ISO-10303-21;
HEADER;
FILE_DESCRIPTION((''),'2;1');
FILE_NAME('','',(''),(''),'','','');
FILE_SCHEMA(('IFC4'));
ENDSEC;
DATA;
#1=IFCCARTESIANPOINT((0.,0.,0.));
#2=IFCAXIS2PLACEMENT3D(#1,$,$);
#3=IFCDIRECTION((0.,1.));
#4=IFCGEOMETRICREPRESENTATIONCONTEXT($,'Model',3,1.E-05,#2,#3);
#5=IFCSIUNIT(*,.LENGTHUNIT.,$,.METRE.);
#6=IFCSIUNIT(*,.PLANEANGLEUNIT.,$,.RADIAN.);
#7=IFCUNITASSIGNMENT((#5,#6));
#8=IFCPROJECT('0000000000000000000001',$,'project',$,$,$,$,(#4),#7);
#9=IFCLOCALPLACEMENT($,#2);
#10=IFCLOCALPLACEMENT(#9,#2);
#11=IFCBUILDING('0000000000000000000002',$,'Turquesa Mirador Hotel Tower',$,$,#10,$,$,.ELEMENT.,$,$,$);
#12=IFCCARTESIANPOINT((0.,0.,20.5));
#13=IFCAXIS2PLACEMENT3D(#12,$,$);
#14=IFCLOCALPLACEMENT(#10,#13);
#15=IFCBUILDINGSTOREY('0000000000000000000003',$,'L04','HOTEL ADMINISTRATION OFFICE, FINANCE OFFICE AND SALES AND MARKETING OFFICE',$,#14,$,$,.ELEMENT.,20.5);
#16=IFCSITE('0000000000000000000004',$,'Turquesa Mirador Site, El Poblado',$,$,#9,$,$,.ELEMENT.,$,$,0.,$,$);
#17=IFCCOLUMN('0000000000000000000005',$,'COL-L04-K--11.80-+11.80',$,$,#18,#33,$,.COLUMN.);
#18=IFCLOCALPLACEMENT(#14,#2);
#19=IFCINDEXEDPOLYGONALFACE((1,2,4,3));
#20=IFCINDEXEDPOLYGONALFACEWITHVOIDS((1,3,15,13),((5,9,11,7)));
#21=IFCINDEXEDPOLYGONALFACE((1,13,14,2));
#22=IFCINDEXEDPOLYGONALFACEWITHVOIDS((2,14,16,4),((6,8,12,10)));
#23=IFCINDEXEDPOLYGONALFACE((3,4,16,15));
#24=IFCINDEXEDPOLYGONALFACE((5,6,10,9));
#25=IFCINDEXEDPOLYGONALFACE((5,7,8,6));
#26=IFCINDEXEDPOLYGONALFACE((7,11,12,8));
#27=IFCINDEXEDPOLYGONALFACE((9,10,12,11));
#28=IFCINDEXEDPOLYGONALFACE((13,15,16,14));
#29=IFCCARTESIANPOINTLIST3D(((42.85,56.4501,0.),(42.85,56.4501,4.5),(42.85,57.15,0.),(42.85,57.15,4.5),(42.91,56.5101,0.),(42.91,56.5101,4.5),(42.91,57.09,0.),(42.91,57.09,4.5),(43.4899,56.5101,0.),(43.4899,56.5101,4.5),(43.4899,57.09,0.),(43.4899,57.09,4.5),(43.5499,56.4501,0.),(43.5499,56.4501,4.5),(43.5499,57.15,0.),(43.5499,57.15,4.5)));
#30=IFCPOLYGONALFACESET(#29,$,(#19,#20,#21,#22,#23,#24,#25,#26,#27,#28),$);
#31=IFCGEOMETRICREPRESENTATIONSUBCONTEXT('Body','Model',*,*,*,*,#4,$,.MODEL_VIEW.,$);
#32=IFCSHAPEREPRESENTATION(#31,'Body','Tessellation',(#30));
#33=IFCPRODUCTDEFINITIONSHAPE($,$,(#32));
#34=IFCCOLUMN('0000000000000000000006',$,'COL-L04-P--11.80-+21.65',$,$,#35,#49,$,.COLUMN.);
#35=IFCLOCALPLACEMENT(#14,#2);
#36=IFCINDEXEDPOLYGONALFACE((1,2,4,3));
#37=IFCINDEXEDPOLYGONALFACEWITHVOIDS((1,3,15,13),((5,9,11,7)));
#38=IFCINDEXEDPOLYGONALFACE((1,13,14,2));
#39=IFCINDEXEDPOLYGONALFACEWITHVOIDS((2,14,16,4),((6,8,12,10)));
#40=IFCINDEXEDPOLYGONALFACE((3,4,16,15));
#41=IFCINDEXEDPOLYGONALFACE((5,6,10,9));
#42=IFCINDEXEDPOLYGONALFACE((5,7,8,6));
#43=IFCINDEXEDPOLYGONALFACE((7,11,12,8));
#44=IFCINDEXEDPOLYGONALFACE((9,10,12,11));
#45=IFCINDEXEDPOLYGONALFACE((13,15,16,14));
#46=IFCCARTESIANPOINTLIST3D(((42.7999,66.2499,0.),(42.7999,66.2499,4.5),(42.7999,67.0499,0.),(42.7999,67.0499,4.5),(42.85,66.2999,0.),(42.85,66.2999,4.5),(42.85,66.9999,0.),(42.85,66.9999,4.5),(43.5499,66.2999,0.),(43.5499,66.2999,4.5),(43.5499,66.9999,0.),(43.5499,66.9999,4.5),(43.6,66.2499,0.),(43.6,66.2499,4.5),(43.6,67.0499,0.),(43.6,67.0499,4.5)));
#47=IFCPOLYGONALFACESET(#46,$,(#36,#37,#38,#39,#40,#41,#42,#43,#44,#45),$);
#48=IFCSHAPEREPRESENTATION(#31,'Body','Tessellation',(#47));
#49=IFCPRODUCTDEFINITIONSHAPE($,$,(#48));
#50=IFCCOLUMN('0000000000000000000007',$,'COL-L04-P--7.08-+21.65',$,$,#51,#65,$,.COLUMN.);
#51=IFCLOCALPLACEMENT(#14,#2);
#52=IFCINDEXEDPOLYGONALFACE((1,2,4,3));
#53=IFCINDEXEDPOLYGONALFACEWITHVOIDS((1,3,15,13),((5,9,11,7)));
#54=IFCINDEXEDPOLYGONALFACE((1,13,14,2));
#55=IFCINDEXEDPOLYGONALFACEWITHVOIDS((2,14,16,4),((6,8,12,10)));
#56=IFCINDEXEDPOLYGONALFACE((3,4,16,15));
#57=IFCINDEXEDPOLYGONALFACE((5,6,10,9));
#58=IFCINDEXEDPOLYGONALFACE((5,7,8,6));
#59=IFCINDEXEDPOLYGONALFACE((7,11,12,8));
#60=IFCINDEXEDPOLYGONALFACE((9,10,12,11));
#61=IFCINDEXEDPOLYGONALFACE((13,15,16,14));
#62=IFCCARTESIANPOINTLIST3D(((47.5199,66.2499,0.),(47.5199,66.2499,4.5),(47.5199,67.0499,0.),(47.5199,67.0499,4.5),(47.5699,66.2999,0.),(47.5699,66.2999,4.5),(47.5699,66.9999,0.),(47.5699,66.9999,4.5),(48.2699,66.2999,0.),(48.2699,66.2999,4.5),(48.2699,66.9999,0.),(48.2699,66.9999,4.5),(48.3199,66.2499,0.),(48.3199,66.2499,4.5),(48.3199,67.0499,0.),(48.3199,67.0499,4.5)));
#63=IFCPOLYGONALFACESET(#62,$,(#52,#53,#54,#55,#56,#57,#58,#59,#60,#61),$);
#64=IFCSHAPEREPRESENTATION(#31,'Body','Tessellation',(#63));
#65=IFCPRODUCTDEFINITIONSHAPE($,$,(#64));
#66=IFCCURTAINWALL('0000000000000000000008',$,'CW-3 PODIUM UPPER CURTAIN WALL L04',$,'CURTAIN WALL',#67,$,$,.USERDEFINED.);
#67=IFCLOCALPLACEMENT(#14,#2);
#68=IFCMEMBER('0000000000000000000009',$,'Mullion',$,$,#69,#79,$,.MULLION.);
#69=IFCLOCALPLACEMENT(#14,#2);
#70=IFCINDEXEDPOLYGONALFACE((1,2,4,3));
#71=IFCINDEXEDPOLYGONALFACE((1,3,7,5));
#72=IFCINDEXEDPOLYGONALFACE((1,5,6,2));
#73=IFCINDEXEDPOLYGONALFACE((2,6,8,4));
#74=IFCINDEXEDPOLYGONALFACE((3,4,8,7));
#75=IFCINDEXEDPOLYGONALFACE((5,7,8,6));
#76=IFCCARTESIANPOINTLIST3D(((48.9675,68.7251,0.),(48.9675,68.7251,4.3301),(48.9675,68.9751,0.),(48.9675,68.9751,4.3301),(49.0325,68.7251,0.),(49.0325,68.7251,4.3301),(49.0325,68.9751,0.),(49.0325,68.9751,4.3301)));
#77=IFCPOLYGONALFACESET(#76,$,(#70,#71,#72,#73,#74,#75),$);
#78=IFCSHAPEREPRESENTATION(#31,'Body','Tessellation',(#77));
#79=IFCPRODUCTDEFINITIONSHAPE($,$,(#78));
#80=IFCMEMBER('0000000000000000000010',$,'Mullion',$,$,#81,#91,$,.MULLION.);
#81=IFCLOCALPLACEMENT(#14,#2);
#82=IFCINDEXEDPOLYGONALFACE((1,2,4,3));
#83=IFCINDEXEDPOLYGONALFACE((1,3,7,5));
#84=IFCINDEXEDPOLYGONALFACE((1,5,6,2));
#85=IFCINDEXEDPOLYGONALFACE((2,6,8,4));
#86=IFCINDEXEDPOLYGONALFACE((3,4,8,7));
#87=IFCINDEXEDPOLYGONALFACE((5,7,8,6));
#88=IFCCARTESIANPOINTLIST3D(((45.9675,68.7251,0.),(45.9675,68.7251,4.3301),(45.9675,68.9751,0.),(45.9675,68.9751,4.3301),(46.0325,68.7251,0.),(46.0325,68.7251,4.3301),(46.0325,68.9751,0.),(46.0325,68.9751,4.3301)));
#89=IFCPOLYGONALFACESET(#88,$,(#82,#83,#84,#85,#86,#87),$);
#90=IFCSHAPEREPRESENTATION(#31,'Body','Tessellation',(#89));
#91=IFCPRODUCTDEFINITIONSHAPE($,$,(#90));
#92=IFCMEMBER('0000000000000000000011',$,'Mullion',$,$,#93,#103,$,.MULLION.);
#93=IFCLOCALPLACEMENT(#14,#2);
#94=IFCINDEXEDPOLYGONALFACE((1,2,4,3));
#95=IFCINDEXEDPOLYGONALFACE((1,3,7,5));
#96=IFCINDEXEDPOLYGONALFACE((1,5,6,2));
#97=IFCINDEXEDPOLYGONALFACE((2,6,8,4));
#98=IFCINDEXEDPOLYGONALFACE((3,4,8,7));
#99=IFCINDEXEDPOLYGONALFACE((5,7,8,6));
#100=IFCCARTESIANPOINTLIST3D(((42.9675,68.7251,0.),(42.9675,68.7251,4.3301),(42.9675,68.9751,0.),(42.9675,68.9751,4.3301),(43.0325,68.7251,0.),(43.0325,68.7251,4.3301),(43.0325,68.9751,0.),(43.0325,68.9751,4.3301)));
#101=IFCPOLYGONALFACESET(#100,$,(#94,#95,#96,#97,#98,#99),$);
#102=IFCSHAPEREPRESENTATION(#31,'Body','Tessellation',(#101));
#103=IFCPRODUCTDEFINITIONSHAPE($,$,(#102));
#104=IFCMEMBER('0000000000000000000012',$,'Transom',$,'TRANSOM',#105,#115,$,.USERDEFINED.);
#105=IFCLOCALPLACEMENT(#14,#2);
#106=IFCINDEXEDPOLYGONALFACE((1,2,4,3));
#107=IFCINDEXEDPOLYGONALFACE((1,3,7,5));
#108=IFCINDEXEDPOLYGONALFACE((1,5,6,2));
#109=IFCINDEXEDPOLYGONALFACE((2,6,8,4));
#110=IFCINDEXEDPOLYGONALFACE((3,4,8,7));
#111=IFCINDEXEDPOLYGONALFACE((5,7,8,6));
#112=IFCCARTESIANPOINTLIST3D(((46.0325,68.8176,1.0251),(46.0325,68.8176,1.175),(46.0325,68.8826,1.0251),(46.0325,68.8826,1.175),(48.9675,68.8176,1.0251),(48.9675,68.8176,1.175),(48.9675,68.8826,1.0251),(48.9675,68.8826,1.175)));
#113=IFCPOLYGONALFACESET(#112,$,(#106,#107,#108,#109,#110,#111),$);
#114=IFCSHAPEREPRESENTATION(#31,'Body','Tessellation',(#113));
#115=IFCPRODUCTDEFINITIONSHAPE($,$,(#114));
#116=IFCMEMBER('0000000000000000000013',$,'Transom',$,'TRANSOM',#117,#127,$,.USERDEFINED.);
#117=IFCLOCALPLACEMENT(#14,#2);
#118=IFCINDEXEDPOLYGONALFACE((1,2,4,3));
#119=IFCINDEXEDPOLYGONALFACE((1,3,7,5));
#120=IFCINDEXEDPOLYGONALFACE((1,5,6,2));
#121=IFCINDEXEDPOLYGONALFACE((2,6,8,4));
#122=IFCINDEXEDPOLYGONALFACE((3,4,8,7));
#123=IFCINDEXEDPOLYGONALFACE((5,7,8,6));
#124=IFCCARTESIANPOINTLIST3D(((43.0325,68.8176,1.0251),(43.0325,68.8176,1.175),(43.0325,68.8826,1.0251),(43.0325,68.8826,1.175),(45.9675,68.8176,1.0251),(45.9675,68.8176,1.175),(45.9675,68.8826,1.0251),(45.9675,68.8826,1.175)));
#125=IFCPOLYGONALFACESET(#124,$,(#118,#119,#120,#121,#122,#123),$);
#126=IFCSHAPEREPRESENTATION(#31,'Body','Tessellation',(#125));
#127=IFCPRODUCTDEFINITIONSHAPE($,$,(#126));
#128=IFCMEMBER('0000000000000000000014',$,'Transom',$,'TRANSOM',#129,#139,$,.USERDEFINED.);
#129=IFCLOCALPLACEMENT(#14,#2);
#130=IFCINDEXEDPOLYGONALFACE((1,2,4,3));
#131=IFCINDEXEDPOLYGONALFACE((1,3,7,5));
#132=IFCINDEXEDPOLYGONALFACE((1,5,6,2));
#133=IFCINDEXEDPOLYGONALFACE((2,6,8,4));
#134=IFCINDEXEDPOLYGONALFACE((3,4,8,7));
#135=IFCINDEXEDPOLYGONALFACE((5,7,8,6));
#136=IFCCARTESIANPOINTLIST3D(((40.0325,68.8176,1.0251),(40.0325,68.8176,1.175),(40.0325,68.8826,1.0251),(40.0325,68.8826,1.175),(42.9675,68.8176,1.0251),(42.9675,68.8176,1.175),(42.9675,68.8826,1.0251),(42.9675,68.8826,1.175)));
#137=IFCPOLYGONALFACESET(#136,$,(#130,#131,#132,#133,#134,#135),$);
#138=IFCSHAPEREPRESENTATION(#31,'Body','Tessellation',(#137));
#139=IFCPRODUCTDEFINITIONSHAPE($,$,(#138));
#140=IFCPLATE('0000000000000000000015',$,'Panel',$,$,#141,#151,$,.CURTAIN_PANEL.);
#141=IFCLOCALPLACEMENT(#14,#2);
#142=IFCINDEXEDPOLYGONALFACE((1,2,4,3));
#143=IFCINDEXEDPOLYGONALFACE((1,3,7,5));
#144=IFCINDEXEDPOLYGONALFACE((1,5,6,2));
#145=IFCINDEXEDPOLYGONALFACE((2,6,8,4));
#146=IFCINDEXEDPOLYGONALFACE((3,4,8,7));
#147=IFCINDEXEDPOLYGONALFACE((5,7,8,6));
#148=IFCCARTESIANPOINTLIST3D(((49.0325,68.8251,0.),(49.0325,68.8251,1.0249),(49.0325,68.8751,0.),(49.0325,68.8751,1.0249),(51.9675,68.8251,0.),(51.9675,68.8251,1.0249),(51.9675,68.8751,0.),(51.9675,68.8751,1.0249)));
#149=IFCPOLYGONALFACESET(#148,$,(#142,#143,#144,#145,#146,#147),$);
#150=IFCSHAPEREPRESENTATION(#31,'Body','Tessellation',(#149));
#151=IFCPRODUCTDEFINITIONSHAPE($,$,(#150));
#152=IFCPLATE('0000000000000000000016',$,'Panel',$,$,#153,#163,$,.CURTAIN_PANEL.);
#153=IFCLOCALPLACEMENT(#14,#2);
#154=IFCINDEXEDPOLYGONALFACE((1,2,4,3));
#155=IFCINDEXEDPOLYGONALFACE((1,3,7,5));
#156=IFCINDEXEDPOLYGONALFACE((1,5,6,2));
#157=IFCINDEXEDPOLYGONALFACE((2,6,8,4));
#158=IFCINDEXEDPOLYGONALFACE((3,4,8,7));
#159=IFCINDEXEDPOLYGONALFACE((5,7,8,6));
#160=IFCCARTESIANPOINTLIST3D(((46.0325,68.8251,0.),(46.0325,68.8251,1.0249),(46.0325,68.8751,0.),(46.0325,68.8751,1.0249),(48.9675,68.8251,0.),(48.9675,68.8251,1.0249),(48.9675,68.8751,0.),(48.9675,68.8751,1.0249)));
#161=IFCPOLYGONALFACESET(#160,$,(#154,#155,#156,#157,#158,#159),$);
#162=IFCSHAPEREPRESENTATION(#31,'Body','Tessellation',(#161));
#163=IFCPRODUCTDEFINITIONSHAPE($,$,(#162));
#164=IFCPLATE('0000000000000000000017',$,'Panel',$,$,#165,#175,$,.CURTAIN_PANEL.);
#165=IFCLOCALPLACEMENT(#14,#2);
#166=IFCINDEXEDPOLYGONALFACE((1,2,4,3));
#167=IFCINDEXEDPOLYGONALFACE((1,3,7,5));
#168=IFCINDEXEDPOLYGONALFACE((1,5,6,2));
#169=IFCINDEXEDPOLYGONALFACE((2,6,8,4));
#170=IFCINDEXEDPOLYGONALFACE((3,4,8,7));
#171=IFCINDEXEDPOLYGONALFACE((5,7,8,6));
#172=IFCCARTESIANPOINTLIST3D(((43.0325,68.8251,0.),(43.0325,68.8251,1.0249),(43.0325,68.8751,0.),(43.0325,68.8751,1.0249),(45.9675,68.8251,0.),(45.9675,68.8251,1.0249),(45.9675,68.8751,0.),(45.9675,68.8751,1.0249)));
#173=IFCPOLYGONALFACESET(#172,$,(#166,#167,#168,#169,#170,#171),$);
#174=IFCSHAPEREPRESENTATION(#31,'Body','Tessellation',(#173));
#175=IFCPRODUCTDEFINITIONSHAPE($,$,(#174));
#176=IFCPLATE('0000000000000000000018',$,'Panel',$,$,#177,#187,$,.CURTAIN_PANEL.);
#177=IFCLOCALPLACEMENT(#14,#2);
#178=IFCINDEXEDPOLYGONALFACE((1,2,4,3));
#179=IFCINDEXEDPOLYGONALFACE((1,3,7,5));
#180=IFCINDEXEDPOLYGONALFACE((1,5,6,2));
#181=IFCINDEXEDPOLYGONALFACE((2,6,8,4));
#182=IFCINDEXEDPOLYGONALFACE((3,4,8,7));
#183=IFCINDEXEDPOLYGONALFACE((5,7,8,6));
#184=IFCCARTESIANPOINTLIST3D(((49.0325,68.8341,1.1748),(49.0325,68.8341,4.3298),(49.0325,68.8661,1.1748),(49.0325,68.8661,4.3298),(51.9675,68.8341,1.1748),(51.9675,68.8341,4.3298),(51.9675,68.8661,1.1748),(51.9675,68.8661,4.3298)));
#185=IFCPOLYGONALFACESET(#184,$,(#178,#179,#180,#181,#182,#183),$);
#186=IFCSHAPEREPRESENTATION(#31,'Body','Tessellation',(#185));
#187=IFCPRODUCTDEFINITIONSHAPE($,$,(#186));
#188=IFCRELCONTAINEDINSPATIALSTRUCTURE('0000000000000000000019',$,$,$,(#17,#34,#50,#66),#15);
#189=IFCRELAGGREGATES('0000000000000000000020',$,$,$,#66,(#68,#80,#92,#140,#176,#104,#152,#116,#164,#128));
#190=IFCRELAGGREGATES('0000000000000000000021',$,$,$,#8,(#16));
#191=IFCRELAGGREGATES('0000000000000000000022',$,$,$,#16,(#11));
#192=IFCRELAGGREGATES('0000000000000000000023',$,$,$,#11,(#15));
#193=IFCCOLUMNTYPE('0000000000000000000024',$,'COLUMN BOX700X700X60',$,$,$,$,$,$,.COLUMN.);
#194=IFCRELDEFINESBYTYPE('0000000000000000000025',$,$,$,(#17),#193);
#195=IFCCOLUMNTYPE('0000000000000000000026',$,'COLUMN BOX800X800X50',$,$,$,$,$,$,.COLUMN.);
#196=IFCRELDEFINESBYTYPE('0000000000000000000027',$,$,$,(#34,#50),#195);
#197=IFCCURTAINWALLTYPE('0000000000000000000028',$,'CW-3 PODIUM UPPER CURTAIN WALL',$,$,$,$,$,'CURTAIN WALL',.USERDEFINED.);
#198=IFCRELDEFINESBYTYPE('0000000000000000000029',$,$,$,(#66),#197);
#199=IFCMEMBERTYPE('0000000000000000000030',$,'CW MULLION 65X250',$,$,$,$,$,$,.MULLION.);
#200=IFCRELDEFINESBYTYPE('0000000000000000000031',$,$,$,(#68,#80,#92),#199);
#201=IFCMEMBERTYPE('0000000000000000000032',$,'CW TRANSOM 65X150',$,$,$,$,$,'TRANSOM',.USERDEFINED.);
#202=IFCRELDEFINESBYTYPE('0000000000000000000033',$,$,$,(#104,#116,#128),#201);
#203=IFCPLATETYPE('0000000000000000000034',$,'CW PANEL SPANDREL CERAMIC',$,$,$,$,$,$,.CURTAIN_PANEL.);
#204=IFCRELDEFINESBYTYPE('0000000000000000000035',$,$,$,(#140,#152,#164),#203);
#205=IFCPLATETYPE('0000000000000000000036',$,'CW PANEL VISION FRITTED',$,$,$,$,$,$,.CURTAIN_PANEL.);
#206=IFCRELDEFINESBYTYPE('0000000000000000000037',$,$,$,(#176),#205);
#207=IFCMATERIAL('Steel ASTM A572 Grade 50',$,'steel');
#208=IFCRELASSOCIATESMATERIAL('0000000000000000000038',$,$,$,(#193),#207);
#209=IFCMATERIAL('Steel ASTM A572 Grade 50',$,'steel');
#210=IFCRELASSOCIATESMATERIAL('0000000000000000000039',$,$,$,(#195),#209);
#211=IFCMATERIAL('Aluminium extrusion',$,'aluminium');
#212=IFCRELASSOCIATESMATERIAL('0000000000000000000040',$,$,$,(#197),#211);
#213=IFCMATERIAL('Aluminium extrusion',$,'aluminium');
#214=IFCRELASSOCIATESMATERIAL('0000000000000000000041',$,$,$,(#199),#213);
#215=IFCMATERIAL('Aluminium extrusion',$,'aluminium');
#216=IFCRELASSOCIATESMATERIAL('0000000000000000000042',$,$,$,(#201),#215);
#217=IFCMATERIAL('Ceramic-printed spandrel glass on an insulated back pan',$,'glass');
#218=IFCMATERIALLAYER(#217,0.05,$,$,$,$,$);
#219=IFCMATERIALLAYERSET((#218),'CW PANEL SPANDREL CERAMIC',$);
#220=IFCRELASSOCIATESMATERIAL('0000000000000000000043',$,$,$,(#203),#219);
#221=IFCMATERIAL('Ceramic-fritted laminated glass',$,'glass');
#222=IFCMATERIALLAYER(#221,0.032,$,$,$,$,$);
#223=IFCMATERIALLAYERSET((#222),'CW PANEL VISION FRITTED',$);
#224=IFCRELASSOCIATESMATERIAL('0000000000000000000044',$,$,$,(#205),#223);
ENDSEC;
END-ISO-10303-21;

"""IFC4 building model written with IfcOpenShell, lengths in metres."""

from ifc_helpers import new_model, si_unit, direction, frame, origin, origin_2d, place, context, subcontext, project, spatial, rectangle, hollow_rectangle, extrude, material, layer, layer_set, material_profile, profile_set, type_object, element, aggregate, save


model = new_model("IFC4")

# Units and contexts
model_context = context("Model", 3, precision=1e-05, world=origin(), true_north=direction((0.0, 1.0)))
body_context = subcontext(model_context, "Body", "Model", "MODEL_VIEW")
ifc_project = project(units=[si_unit("LENGTHUNIT", "METRE"), si_unit("PLANEANGLEUNIT", "RADIAN")], contexts=[model_context])

# Site, building, storey
site_placement = place(None, origin())
site = spatial("IfcSite", under=ifc_project, at=site_placement, Name="Turquesa Mirador Site, El Poblado", CompositionType="ELEMENT", RefElevation=0.0)
building_placement = place(site_placement, origin())
building = spatial("IfcBuilding", under=site, at=building_placement, Name="Turquesa Mirador Hotel Tower", CompositionType="ELEMENT")
storey_placement = place(building_placement, frame((0.0, 0.0, 20.5)))
storey = spatial("IfcBuildingStorey", under=building, at=storey_placement, Name="L04", Description="HOTEL ADMINISTRATION OFFICE, FINANCE OFFICE AND SALES AND MARKETING OFFICE", CompositionType="ELEMENT", Elevation=20.5)

# Columns
ifc_material_1 = material(Name="Steel ASTM A572 Grade 50", Category="steel")
ifc_material_profile_1 = material_profile(ifc_material_1, hollow_rectangle(XDim=0.7, YDim=0.7, WallThickness=0.0601, at=origin_2d()), Name="BOX700X700X60")
ifc_profile_set_1 = profile_set([ifc_material_profile_1], Name="Steel ASTM A572 Grade 50")
column_type_1 = type_object("IfcColumnType", Name="COLUMN BOX700X700X60", PredefinedType="COLUMN", material=ifc_profile_set_1)
column_placement = place(storey_placement, frame((43.2, 56.8, 0.0), z_axis=(0.0, 0.0, 1.0), x_axis=(1.0, 0.0, 0.0)))
element("IfcColumn", 1, at=column_placement, inside=storey, type_object=column_type_1, Name="COL-L04-K--11.80-+11.80", PredefinedType="COLUMN", context=body_context, shape_type="SweptSolid", body=[
    extrude(hollow_rectangle(XDim=0.7, YDim=0.7, WallThickness=0.0601, at=origin_2d()), origin(), (0.0, 0.0, 1.0), 4.5),
])
ifc_material_2 = material(Name="Steel ASTM A572 Grade 50", Category="steel")
ifc_material_profile_2 = material_profile(ifc_material_2, hollow_rectangle(XDim=0.8, YDim=0.8, WallThickness=0.05, at=origin_2d()), Name="BOX800X800X50")
ifc_profile_set_2 = profile_set([ifc_material_profile_2], Name="Steel ASTM A572 Grade 50")
column_type_2 = type_object("IfcColumnType", Name="COLUMN BOX800X800X50", PredefinedType="COLUMN", material=ifc_profile_set_2)
for number, where, z_axis, x_axis, name in (
    (2, (43.2, 66.6499, 0.0), (0.0, 0.0, 1.0), (1.0, 0.0, 0.0), "COL-L04-P--11.80-+21.65"),
    (3, (47.9199, 66.6499, 0.0), (0.0, 0.0, 1.0), (1.0, 0.0, 0.0), "COL-L04-P--7.08-+21.65"),
):
    element("IfcColumn", number, at=place(storey_placement, frame(where, z_axis=z_axis, x_axis=x_axis)), inside=storey, type_object=column_type_2, Name=name, PredefinedType="COLUMN", context=body_context, shape_type="SweptSolid", body=[
        extrude(hollow_rectangle(XDim=0.8, YDim=0.8, WallThickness=0.05, at=origin_2d()), origin(), (0.0, 0.0, 1.0), 4.5),
    ])

# Curtain wall, members, plates
ifc_material_3 = material(Name="Aluminium extrusion", Category="aluminium")
curtain_wall_type = type_object("IfcCurtainWallType", Name="CW-3 PODIUM UPPER CURTAIN WALL", ElementType="CURTAIN WALL", PredefinedType="USERDEFINED", material=ifc_material_3)
curtain_wall_placement = place(storey_placement, origin())
curtain_wall = element("IfcCurtainWall", 4, at=curtain_wall_placement, inside=storey, type_object=curtain_wall_type, Name="CW-3 PODIUM UPPER CURTAIN WALL L04", ObjectType="CURTAIN WALL", PredefinedType="USERDEFINED")
ifc_material_4 = material(Name="Aluminium extrusion", Category="aluminium")
ifc_material_profile_3 = material_profile(ifc_material_4, rectangle(XDim=0.0649, YDim=0.25, at=origin_2d()), Name="MULLION 65X250")
ifc_profile_set_3 = profile_set([ifc_material_profile_3], Name="Aluminium extrusion")
member_type_1 = type_object("IfcMemberType", Name="CW MULLION 65X250", PredefinedType="MULLION", material=ifc_profile_set_3)
member_1_placement = place(storey_placement, frame((49.0, 68.8501, 0.0), z_axis=(0.0, 0.0, 1.0), x_axis=(-1.0, 0.0, 0.0)))
member_1 = element("IfcMember", 5, at=member_1_placement, type_object=member_type_1, Name="Mullion", PredefinedType="MULLION", context=body_context, shape_type="SweptSolid", body=[
    extrude(rectangle(XDim=0.0649, YDim=0.25, at=origin_2d()), origin(), (0.0, 0.0, 1.0), 4.3301),
])
member_2_placement = place(storey_placement, frame((46.0, 68.8501, 0.0), z_axis=(0.0, 0.0, 1.0), x_axis=(-1.0, 0.0, 0.0)))
member_2 = element("IfcMember", 6, at=member_2_placement, type_object=member_type_1, Name="Mullion", PredefinedType="MULLION", context=body_context, shape_type="SweptSolid", body=[
    extrude(rectangle(XDim=0.0649, YDim=0.25, at=origin_2d()), origin(), (0.0, 0.0, 1.0), 4.3301),
])
member_3_placement = place(storey_placement, frame((43.0, 68.8501, 0.0), z_axis=(0.0, 0.0, 1.0), x_axis=(-1.0, 0.0, 0.0)))
member_3 = element("IfcMember", 7, at=member_3_placement, type_object=member_type_1, Name="Mullion", PredefinedType="MULLION", context=body_context, shape_type="SweptSolid", body=[
    extrude(rectangle(XDim=0.0649, YDim=0.25, at=origin_2d()), origin(), (0.0, 0.0, 1.0), 4.3301),
])
ifc_material_5 = material(Name="Aluminium extrusion", Category="aluminium")
ifc_material_profile_4 = material_profile(ifc_material_5, rectangle(XDim=0.0649, YDim=0.1499, at=origin_2d()), Name="TRANSOM 65X150")
ifc_profile_set_4 = profile_set([ifc_material_profile_4], Name="Aluminium extrusion")
member_type_2 = type_object("IfcMemberType", Name="CW TRANSOM 65X150", ElementType="TRANSOM", PredefinedType="USERDEFINED", material=ifc_profile_set_4)
member_4_placement = place(storey_placement, frame((48.9675, 68.8501, 1.1001), z_axis=(-1.0, 0.0, 0.0), x_axis=(0.0, -1.0, 0.0)))
member_4 = element("IfcMember", 8, at=member_4_placement, type_object=member_type_2, Name="Transom", ObjectType="TRANSOM", PredefinedType="USERDEFINED", context=body_context, shape_type="SweptSolid", body=[
    extrude(rectangle(XDim=0.0649, YDim=0.1499, at=origin_2d()), origin(), (0.0, 0.0, 1.0), 2.9351),
])
member_5_placement = place(storey_placement, frame((45.9675, 68.8501, 1.1001), z_axis=(-1.0, 0.0, 0.0), x_axis=(0.0, -1.0, 0.0)))
member_5 = element("IfcMember", 9, at=member_5_placement, type_object=member_type_2, Name="Transom", ObjectType="TRANSOM", PredefinedType="USERDEFINED", context=body_context, shape_type="SweptSolid", body=[
    extrude(rectangle(XDim=0.0649, YDim=0.1499, at=origin_2d()), origin(), (0.0, 0.0, 1.0), 2.9351),
])
member_6_placement = place(storey_placement, frame((42.9675, 68.8501, 1.1001), z_axis=(-1.0, 0.0, 0.0), x_axis=(0.0, -1.0, 0.0)))
member_6 = element("IfcMember", 10, at=member_6_placement, type_object=member_type_2, Name="Transom", ObjectType="TRANSOM", PredefinedType="USERDEFINED", context=body_context, shape_type="SweptSolid", body=[
    extrude(rectangle(XDim=0.0649, YDim=0.1499, at=origin_2d()), origin(), (0.0, 0.0, 1.0), 2.9351),
])
ifc_material_6 = material(Name="Ceramic-printed spandrel glass on an insulated back pan", Category="glass")
ifc_layer_1 = layer(ifc_material_6, 0.05)
ifc_layer_set_1 = layer_set([ifc_layer_1], Name="CW PANEL SPANDREL CERAMIC")
plate_type_1 = type_object("IfcPlateType", Name="CW PANEL SPANDREL CERAMIC", PredefinedType="CURTAIN_PANEL", material=ifc_layer_set_1)
plate_1_placement = place(storey_placement, frame((50.5, 68.8501, 0.0), z_axis=(0.0, 0.0, 1.0), x_axis=(-1.0, 0.0, 0.0)))
plate_1 = element("IfcPlate", 11, at=plate_1_placement, type_object=plate_type_1, Name="Panel", PredefinedType="CURTAIN_PANEL", context=body_context, shape_type="SweptSolid", body=[
    extrude(rectangle(XDim=2.9351, YDim=0.05, at=origin_2d()), origin(), (0.0, 0.0, 1.0), 1.0249),
])
plate_2_placement = place(storey_placement, frame((47.5, 68.8501, 0.0), z_axis=(0.0, 0.0, 1.0), x_axis=(-1.0, 0.0, 0.0)))
plate_2 = element("IfcPlate", 12, at=plate_2_placement, type_object=plate_type_1, Name="Panel", PredefinedType="CURTAIN_PANEL", context=body_context, shape_type="SweptSolid", body=[
    extrude(rectangle(XDim=2.9351, YDim=0.05, at=origin_2d()), origin(), (0.0, 0.0, 1.0), 1.0249),
])
plate_3_placement = place(storey_placement, frame((44.5, 68.8501, 0.0), z_axis=(0.0, 0.0, 1.0), x_axis=(-1.0, 0.0, 0.0)))
plate_3 = element("IfcPlate", 13, at=plate_3_placement, type_object=plate_type_1, Name="Panel", PredefinedType="CURTAIN_PANEL", context=body_context, shape_type="SweptSolid", body=[
    extrude(rectangle(XDim=2.9351, YDim=0.05, at=origin_2d()), origin(), (0.0, 0.0, 1.0), 1.0249),
])
ifc_material_7 = material(Name="Ceramic-fritted laminated glass", Category="glass")
ifc_layer_2 = layer(ifc_material_7, 0.032)
ifc_layer_set_2 = layer_set([ifc_layer_2], Name="CW PANEL VISION FRITTED")
plate_type_2 = type_object("IfcPlateType", Name="CW PANEL VISION FRITTED", PredefinedType="CURTAIN_PANEL", material=ifc_layer_set_2)
plate_4_placement = place(storey_placement, frame((50.5, 68.8501, 1.1748), z_axis=(0.0, 0.0, 1.0), x_axis=(-1.0, 0.0, 0.0)))
plate_4 = element("IfcPlate", 14, at=plate_4_placement, type_object=plate_type_2, Name="Panel", PredefinedType="CURTAIN_PANEL", context=body_context, shape_type="SweptSolid", body=[
    extrude(rectangle(XDim=2.9351, YDim=0.032, at=origin_2d()), origin(), (0.0, 0.0, 1.0), 3.155),
])
aggregate(curtain_wall, [member_1, member_2, member_3, plate_1, plate_4, member_4, plate_2, member_5, plate_3, member_6])

save(model, "model.ifc")
